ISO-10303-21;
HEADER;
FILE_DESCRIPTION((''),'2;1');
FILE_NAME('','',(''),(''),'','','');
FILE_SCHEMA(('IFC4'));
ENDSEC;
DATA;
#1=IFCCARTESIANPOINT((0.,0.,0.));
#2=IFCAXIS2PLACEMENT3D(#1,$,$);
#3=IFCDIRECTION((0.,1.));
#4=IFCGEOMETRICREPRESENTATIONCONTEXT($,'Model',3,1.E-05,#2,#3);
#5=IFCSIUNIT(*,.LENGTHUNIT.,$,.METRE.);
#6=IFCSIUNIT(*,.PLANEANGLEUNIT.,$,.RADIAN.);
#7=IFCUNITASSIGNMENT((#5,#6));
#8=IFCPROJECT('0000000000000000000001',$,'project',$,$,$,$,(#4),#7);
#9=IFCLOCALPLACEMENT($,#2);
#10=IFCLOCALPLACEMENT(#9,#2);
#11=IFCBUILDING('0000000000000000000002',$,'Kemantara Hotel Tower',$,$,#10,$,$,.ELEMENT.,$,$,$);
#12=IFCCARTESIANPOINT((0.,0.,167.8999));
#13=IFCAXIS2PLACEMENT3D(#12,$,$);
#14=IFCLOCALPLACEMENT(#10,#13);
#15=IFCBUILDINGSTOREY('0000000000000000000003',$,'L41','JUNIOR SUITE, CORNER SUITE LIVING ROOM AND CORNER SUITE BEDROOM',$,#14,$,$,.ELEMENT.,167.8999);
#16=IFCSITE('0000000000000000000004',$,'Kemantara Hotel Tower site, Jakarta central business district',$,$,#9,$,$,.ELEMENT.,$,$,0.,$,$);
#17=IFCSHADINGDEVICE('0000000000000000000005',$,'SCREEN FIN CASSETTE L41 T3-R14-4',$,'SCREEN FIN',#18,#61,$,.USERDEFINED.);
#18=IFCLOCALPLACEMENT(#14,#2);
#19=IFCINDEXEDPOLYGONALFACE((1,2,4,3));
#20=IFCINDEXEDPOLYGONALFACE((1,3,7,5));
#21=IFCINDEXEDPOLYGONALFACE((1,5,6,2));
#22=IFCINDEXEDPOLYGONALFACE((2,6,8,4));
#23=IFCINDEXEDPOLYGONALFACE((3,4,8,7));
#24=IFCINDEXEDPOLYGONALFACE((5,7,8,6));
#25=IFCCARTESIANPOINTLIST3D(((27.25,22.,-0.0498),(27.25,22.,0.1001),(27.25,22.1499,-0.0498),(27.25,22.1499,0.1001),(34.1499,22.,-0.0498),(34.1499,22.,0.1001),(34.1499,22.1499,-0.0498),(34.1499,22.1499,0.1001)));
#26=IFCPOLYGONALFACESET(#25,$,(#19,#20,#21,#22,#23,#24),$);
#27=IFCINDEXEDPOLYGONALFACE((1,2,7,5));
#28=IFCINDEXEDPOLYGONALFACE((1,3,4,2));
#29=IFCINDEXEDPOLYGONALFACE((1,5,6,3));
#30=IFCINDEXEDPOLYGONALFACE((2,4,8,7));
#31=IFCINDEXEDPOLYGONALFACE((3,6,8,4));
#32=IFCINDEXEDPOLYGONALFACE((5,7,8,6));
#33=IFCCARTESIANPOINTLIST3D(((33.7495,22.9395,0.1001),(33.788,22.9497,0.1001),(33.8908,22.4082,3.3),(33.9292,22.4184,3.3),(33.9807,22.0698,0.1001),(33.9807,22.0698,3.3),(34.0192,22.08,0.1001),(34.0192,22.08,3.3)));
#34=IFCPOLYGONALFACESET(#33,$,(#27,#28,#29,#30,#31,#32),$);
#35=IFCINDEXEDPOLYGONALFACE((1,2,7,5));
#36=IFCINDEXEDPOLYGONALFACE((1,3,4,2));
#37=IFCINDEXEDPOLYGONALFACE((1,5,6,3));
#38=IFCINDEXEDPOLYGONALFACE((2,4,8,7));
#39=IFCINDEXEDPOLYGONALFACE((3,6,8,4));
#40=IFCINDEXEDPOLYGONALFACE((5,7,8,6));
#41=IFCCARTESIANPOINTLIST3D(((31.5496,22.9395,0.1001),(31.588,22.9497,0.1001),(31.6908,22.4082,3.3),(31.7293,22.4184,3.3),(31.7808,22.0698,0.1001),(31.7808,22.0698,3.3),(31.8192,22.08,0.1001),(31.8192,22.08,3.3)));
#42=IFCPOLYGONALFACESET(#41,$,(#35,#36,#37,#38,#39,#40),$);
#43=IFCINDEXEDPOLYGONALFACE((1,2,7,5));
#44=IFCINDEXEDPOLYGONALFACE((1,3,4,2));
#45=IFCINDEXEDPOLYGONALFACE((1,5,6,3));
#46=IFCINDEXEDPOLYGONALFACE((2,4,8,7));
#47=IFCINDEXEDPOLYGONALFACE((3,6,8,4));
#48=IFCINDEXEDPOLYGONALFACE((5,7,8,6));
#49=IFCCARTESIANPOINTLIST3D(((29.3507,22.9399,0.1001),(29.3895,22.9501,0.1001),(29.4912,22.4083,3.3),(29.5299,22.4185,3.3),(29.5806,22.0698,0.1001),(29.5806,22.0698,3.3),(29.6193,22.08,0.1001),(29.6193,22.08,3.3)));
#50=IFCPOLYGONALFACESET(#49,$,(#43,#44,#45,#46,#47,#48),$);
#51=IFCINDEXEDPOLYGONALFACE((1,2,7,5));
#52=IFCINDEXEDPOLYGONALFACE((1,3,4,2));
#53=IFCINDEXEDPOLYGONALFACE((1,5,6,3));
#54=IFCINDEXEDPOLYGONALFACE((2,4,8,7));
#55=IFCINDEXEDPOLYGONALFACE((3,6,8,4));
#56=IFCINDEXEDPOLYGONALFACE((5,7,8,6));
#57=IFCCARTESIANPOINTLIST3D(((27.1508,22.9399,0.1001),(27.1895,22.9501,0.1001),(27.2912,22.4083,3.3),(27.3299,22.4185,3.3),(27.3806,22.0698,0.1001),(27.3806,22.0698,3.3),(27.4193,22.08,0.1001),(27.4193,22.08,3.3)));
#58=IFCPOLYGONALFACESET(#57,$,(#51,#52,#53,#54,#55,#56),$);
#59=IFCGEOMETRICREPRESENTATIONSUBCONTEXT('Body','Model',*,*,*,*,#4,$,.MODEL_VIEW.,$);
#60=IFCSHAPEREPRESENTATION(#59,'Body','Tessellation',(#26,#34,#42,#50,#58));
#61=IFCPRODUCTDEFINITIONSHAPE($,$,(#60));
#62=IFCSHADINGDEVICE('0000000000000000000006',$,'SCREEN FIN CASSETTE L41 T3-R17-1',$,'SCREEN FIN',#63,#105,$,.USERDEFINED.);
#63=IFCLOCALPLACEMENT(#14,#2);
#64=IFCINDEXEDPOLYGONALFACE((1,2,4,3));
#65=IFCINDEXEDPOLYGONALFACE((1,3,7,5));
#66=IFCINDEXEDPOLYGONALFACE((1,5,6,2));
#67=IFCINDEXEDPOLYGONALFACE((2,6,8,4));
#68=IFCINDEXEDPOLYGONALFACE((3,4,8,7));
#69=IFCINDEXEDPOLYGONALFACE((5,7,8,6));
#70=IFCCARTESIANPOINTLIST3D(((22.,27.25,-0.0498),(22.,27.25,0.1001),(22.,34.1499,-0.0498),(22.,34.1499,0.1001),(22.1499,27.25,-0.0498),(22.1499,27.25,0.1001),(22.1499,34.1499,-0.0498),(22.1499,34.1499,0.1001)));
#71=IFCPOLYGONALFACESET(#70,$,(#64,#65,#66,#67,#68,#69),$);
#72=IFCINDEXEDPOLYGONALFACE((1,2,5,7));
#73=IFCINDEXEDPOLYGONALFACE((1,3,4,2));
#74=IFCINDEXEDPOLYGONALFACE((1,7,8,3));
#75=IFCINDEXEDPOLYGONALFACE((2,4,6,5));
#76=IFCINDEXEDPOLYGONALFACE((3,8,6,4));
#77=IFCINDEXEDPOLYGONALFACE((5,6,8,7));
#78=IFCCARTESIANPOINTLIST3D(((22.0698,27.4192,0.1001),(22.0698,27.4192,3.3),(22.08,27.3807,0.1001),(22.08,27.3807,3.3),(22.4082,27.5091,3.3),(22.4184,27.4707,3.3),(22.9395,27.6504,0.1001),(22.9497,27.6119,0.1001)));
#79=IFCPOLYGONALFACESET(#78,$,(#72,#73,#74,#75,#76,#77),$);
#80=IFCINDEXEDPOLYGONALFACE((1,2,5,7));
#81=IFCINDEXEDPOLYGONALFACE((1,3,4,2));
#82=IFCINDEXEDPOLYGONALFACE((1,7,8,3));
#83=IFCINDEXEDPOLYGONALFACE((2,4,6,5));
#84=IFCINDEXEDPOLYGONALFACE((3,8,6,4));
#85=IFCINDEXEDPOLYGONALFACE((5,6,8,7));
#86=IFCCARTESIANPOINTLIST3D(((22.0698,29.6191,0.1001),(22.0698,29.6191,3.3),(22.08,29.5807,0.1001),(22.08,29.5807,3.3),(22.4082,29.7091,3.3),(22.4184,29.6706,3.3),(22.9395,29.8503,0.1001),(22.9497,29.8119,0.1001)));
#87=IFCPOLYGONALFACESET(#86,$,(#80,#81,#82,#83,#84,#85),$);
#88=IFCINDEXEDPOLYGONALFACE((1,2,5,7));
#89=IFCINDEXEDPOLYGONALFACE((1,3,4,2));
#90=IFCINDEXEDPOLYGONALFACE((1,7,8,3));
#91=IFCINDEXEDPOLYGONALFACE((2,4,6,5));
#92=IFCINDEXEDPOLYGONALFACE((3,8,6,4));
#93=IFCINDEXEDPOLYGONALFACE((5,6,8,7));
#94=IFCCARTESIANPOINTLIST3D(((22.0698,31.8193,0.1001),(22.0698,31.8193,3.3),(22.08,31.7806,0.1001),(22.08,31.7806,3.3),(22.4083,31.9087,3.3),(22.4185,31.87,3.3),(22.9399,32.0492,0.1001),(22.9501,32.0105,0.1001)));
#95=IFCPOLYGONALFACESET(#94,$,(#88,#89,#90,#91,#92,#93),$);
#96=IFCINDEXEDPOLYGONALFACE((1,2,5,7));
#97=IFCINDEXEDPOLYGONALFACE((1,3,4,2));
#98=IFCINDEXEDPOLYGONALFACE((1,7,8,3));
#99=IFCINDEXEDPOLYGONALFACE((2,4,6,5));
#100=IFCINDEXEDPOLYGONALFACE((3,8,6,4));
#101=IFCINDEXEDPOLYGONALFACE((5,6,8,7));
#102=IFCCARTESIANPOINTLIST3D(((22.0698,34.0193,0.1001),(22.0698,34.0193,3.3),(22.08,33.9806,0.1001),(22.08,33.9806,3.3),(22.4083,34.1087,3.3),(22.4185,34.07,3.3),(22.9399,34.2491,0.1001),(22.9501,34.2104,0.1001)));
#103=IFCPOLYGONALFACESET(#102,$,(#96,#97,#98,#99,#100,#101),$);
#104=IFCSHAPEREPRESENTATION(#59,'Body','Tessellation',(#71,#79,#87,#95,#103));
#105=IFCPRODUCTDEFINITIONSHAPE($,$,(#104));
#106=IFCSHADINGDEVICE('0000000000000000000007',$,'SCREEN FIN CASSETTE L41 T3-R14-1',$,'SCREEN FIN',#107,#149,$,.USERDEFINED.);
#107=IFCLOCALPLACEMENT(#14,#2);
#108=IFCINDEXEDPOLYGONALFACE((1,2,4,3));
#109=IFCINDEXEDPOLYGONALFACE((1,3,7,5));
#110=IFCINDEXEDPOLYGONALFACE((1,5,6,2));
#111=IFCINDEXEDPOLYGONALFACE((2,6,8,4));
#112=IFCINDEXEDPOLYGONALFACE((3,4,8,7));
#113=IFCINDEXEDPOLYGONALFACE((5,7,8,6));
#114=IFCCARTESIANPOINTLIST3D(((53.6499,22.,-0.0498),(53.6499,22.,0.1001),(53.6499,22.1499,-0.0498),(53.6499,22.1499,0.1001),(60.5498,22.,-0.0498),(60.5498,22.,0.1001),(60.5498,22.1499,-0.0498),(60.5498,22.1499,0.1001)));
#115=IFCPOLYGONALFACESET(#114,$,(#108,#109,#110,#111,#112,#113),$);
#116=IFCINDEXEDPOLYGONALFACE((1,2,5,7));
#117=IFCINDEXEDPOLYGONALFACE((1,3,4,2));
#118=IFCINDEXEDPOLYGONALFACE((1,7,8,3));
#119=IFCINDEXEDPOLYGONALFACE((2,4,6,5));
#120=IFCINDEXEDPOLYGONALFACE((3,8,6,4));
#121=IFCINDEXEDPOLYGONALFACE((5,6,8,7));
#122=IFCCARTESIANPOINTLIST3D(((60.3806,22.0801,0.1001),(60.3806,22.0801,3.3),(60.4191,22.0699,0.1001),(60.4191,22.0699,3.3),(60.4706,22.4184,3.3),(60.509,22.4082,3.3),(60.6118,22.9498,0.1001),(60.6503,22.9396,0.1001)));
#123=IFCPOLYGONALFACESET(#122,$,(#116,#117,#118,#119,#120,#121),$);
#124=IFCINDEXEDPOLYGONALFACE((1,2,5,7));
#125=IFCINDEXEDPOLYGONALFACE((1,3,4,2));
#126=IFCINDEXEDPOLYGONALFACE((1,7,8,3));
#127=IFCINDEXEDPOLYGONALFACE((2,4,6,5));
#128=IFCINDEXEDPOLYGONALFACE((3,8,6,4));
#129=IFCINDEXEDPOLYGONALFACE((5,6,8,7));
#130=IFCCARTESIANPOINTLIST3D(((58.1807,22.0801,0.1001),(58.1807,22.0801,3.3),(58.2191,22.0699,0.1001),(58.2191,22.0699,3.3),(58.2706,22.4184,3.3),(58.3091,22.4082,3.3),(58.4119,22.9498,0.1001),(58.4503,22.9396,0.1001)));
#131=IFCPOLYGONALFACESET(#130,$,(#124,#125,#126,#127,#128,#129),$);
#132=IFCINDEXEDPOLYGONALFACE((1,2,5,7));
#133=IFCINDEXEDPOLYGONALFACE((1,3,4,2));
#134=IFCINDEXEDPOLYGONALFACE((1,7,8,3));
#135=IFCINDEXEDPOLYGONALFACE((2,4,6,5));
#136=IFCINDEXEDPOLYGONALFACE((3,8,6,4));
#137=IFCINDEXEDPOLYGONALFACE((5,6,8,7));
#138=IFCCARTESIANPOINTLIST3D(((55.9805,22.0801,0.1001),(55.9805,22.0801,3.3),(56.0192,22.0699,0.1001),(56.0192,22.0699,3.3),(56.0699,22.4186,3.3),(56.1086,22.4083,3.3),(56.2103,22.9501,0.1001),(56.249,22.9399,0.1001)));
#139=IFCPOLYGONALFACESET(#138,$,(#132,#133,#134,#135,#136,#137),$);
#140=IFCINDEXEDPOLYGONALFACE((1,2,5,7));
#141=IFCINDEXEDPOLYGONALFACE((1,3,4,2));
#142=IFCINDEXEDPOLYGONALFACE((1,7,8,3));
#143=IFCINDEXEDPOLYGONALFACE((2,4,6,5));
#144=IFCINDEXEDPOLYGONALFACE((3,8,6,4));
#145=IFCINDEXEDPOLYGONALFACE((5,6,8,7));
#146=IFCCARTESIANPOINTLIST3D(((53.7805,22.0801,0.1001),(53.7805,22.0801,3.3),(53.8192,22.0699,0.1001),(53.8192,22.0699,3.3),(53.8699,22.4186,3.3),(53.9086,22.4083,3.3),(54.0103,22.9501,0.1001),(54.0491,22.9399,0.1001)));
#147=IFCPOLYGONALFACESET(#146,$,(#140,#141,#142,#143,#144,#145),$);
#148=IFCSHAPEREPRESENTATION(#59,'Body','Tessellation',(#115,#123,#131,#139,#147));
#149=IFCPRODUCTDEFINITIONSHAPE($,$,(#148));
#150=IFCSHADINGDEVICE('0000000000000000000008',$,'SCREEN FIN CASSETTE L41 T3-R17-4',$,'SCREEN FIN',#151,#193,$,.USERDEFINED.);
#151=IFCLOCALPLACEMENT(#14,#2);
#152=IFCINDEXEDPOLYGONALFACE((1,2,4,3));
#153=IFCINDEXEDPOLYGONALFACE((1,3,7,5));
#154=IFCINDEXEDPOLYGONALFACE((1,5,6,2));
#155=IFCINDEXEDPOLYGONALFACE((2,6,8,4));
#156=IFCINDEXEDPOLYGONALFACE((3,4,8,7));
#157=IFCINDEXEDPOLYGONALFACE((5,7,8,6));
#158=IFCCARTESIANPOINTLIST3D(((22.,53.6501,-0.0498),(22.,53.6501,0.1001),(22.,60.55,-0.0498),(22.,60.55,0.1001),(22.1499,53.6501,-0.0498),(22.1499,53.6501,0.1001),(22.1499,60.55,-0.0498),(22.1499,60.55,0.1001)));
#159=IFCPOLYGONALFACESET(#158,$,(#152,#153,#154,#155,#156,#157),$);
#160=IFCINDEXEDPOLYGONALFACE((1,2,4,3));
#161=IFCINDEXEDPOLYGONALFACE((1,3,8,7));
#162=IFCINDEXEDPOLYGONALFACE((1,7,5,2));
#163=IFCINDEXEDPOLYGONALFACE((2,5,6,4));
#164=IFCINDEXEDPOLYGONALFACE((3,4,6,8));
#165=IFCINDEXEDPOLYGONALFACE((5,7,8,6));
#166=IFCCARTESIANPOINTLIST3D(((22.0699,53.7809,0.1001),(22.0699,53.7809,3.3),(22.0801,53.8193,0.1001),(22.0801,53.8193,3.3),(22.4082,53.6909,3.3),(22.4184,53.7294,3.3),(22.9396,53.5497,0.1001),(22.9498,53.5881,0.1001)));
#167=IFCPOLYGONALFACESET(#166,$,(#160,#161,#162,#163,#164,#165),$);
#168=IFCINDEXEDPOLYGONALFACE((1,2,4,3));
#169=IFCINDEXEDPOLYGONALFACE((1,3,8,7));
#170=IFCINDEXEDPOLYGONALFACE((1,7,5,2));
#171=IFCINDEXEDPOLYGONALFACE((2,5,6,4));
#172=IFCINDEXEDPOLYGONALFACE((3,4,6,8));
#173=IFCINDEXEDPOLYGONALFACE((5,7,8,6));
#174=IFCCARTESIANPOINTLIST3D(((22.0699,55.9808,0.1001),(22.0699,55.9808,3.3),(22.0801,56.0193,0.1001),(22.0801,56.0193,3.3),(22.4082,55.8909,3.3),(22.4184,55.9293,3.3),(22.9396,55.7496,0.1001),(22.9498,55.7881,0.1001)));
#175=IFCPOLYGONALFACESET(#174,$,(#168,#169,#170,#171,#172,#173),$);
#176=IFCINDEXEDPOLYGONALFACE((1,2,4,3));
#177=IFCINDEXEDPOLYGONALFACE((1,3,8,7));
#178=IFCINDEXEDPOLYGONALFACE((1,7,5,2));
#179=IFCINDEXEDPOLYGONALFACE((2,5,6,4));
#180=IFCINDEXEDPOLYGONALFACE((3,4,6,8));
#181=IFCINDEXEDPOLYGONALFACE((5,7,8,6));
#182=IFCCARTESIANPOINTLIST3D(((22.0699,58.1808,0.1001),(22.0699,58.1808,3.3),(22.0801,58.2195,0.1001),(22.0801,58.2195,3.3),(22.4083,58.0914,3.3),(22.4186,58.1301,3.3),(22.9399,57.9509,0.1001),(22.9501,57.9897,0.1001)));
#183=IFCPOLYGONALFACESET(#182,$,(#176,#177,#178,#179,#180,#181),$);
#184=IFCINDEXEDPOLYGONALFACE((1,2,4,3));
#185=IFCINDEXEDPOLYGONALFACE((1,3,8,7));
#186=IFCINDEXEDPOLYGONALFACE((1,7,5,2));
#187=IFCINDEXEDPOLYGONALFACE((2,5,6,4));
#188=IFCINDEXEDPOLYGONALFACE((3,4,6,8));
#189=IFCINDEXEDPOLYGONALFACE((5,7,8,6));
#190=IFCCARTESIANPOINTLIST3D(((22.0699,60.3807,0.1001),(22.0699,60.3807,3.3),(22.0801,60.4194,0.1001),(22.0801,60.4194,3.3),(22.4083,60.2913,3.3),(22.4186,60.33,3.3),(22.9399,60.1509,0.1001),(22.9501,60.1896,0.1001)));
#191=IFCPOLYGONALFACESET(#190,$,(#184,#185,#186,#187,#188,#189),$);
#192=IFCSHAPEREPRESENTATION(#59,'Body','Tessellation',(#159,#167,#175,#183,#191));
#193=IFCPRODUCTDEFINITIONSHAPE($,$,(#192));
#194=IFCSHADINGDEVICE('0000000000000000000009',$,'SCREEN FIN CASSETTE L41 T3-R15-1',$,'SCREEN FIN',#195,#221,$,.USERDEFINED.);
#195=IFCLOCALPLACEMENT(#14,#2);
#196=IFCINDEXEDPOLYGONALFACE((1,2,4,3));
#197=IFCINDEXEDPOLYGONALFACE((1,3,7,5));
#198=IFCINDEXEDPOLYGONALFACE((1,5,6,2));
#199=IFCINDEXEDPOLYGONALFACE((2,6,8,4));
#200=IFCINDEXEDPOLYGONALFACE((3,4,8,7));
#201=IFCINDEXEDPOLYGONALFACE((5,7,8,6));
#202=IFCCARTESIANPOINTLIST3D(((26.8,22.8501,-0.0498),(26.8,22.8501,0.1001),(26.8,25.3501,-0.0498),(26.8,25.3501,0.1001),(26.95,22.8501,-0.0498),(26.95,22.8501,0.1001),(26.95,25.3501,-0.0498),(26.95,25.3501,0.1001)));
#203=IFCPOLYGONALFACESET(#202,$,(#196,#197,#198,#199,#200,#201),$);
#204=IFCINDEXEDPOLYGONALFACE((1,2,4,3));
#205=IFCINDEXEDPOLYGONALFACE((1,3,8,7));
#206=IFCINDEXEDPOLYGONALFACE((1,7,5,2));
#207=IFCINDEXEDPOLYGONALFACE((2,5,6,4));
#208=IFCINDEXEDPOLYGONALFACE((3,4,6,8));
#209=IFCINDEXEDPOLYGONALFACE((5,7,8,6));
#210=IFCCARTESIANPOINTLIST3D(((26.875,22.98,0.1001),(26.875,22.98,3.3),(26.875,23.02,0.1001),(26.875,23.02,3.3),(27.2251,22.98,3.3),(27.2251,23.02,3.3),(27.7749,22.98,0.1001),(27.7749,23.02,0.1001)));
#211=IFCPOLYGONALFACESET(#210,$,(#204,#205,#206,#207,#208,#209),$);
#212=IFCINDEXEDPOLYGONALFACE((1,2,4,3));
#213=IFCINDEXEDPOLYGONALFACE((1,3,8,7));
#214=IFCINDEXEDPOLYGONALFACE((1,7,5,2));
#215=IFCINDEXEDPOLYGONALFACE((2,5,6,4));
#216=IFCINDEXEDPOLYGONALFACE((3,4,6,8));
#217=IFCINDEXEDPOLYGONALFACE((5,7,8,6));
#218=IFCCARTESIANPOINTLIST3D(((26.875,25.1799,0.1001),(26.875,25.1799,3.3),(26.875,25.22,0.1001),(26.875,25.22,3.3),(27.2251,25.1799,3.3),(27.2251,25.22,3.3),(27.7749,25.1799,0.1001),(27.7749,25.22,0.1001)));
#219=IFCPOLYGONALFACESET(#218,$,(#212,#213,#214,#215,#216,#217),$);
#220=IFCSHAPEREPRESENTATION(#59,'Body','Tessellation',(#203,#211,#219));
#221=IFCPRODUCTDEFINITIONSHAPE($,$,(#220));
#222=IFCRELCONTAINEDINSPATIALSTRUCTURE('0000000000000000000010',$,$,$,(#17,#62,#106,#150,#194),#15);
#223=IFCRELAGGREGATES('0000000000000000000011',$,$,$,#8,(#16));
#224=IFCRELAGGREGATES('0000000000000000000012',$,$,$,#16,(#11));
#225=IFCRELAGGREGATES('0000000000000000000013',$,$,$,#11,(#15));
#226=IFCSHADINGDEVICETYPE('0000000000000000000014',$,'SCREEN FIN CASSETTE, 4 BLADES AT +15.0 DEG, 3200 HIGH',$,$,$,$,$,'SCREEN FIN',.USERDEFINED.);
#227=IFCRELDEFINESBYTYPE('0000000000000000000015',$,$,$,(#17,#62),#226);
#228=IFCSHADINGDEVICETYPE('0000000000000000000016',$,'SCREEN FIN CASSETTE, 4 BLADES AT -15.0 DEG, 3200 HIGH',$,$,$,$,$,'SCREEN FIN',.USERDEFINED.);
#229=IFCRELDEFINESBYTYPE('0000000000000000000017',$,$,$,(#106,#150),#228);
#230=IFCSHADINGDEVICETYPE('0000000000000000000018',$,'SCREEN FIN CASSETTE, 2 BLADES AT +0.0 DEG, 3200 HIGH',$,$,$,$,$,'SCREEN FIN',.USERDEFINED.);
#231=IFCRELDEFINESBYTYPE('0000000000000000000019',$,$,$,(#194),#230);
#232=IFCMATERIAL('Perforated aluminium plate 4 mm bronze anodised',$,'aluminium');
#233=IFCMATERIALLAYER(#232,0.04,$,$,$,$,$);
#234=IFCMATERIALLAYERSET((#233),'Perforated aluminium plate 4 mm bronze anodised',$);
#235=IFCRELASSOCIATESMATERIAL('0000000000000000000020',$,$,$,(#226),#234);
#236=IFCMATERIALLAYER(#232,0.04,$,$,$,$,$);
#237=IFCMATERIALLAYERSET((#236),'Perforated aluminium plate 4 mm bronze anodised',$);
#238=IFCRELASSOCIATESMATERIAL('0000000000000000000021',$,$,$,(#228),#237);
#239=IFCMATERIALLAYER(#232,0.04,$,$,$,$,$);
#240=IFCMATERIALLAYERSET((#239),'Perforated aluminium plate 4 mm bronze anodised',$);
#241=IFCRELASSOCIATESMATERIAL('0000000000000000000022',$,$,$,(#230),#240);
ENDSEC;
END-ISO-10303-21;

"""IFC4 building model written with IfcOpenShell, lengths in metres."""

from ifc_helpers import new_model, si_unit, direction, frame, origin, origin_2d, place, context, subcontext, project, spatial, polyline, rectangle, outline, extrude, source, transform, mapped, material, layer, layer_set, type_object, element, save


model = new_model("IFC4")

# Units and contexts
model_context = context("Model", 3, precision=1e-05, world=origin(), true_north=direction((0.0, 1.0)))
body_context = subcontext(model_context, "Body", "Model", "MODEL_VIEW")
ifc_project = project(units=[si_unit("LENGTHUNIT", "METRE"), si_unit("PLANEANGLEUNIT", "RADIAN")], contexts=[model_context])

# Site, building, storey
site_placement = place(None, origin())
site = spatial("IfcSite", under=ifc_project, at=site_placement, Name="Kemantara Hotel Tower site, Jakarta central business district", CompositionType="ELEMENT", RefElevation=0.0)
building_placement = place(site_placement, origin())
building = spatial("IfcBuilding", under=site, at=building_placement, Name="Kemantara Hotel Tower", CompositionType="ELEMENT")
storey_placement = place(building_placement, frame((0.0, 0.0, 167.8999)))
storey = spatial("IfcBuildingStorey", under=building, at=storey_placement, Name="L41", Description="JUNIOR SUITE, CORNER SUITE LIVING ROOM AND CORNER SUITE BEDROOM", CompositionType="ELEMENT", Elevation=167.8999)

# Shading devices
ifc_material_1 = material(Name="Perforated aluminium plate 4 mm bronze anodised", Category="aluminium")
ifc_layer_1 = layer(ifc_material_1, 0.04)
ifc_layer_set_1 = layer_set([ifc_layer_1], Name="Perforated aluminium plate 4 mm bronze anodised")
shading_device_type_1 = type_object("IfcShadingDeviceType", Name="SCREEN FIN CASSETTE, 4 BLADES AT +15.0 DEG, 3200 HIGH", ElementType="SCREEN FIN", PredefinedType="USERDEFINED", material=ifc_layer_set_1)
shared_shape_1 = source(origin(), body_context, "Body", "SweptSolid", [
    extrude(rectangle(XDim=6.8999, YDim=0.1499, at=origin_2d()), frame((3.3, -0.075, -0.1499), z_axis=(0.0, 0.0, 1.0), x_axis=(1.0, 0.0, 0.0)), (0.0, 0.0, 1.0), 0.1499),
    extrude(outline(polyline([(0.0, 0.0), (0.8999, 0.0), (0.3501, 3.2), (0.0, 3.2), (0.0, 0.0)])), frame((0.0193, -0.0698, 0.0), z_axis=(-0.966438, -0.256901, 0.0), x_axis=(0.256901, -0.966438, 0.0)), (0.0, 0.0, 1.0), 0.0398),
    extrude(outline(polyline([(0.0, 0.0), (0.8999, 0.0), (0.3501, 3.2), (0.0, 3.2), (0.0, 0.0)])), frame((2.2192, -0.0698, 0.0), z_axis=(-0.966438, -0.256901, 0.0), x_axis=(0.256901, -0.966438, 0.0)), (0.0, 0.0, 1.0), 0.0398),
    extrude(outline(polyline([(0.0, 0.0), (0.8999, 0.0), (0.3501, 3.2), (0.0, 3.2), (0.0, 0.0)])), frame((4.4194, -0.0698, 0.0), z_axis=(-0.966838, -0.255391, 0.0), x_axis=(0.255391, -0.966838, 0.0)), (0.0, 0.0, 1.0), 0.04),
    extrude(outline(polyline([(0.0, 0.0), (0.8999, 0.0), (0.3501, 3.2), (0.0, 3.2), (0.0, 0.0)])), frame((6.6194, -0.0698, 0.0), z_axis=(-0.966838, -0.255391, 0.0), x_axis=(0.255391, -0.966838, 0.0)), (0.0, 0.0, 1.0), 0.04),
])
for number, where, z_axis, x_axis, name in (
    (1, (34.0, 22.0, 0.1001), (0.0, 0.0, 1.0), (-1.0, 0.0, 0.0), "SCREEN FIN CASSETTE L41 T3-R14-4"),
    (2, (22.0, 27.3999, 0.1001), (0.0, 0.0, 1.0), (0.0, 1.0, 0.0), "SCREEN FIN CASSETTE L41 T3-R17-1"),
):
    element("IfcShadingDevice", number, at=place(storey_placement, frame(where, z_axis=z_axis, x_axis=x_axis)), inside=storey, type_object=shading_device_type_1, Name=name, ObjectType="SCREEN FIN", PredefinedType="USERDEFINED", context=body_context, shape_type="MappedRepresentation", body=[
        mapped(shared_shape_1, transform((0.0, 0.0, 0.0))),
    ])
ifc_layer_2 = layer(ifc_material_1, 0.04)
ifc_layer_set_2 = layer_set([ifc_layer_2], Name="Perforated aluminium plate 4 mm bronze anodised")
shading_device_type_2 = type_object("IfcShadingDeviceType", Name="SCREEN FIN CASSETTE, 4 BLADES AT -15.0 DEG, 3200 HIGH", ElementType="SCREEN FIN", PredefinedType="USERDEFINED", material=ifc_layer_set_2)
shared_shape_2 = source(origin(), body_context, "Body", "SweptSolid", [
    extrude(rectangle(XDim=6.8999, YDim=0.1499, at=origin_2d()), frame((3.3, -0.075, -0.1499), z_axis=(0.0, 0.0, 1.0), x_axis=(1.0, 0.0, 0.0)), (0.0, 0.0, 1.0), 0.1499),
    extrude(outline(polyline([(0.0, 0.0), (0.8999, 0.0), (0.3501, 3.2), (0.0, 3.2), (0.0, 0.0)])), frame((0.0193, -0.0801, 0.0), z_axis=(-0.966438, 0.256901, 0.0), x_axis=(-0.256901, -0.966438, 0.0)), (0.0, 0.0, 1.0), 0.0398),
    extrude(outline(polyline([(0.0, 0.0), (0.8999, 0.0), (0.3501, 3.2), (0.0, 3.2), (0.0, 0.0)])), frame((2.2192, -0.0801, 0.0), z_axis=(-0.966438, 0.256901, 0.0), x_axis=(-0.256901, -0.966438, 0.0)), (0.0, 0.0, 1.0), 0.0398),
    extrude(outline(polyline([(0.0, 0.0), (0.8999, 0.0), (0.3501, 3.2), (0.0, 3.2), (0.0, 0.0)])), frame((4.4194, -0.0801, 0.0), z_axis=(-0.966838, 0.255391, 0.0), x_axis=(-0.255391, -0.966838, 0.0)), (0.0, 0.0, 1.0), 0.04),
    extrude(outline(polyline([(0.0, 0.0), (0.8999, 0.0), (0.3501, 3.2), (0.0, 3.2), (0.0, 0.0)])), frame((6.6194, -0.0801, 0.0), z_axis=(-0.966838, 0.255391, 0.0), x_axis=(-0.255391, -0.966838, 0.0)), (0.0, 0.0, 1.0), 0.04),
])
for number, where, z_axis, x_axis, name in (
    (3, (60.3999, 22.0, 0.1001), (0.0, 0.0, 1.0), (-1.0, 0.0, 0.0), "SCREEN FIN CASSETTE L41 T3-R14-1"),
    (4, (22.0, 53.8, 0.1001), (0.0, 0.0, 1.0), (0.0, 1.0, 0.0), "SCREEN FIN CASSETTE L41 T3-R17-4"),
):
    element("IfcShadingDevice", number, at=place(storey_placement, frame(where, z_axis=z_axis, x_axis=x_axis)), inside=storey, type_object=shading_device_type_2, Name=name, ObjectType="SCREEN FIN", PredefinedType="USERDEFINED", context=body_context, shape_type="MappedRepresentation", body=[
        mapped(shared_shape_2, transform((0.0, 0.0, 0.0))),
    ])
ifc_layer_3 = layer(ifc_material_1, 0.04)
ifc_layer_set_3 = layer_set([ifc_layer_3], Name="Perforated aluminium plate 4 mm bronze anodised")
shading_device_type_3 = type_object("IfcShadingDeviceType", Name="SCREEN FIN CASSETTE, 2 BLADES AT +0.0 DEG, 3200 HIGH", ElementType="SCREEN FIN", PredefinedType="USERDEFINED", material=ifc_layer_set_3)
shared_shape_3 = source(origin(), body_context, "Body", "SweptSolid", [
    extrude(rectangle(XDim=2.5, YDim=0.1499, at=origin_2d()), frame((1.1001, -0.075, -0.1499), z_axis=(0.0, 0.0, 1.0), x_axis=(1.0, 0.0, 0.0)), (0.0, 0.0, 1.0), 0.1499),
    extrude(outline(polyline([(0.0, 0.0), (0.8999, 0.0), (0.3501, 3.2), (0.0, 3.2), (0.0, 0.0)])), frame((0.02, -0.075, 0.0), z_axis=(-1.0, 0.0, 0.0), x_axis=(0.0, -1.0, 0.0)), (0.0, 0.0, 1.0), 0.04),
    extrude(outline(polyline([(0.0, 0.0), (0.8999, 0.0), (0.3501, 3.2), (0.0, 3.2), (0.0, 0.0)])), frame((2.22, -0.075, 0.0), z_axis=(-1.0, 0.0, 0.0), x_axis=(0.0, -1.0, 0.0)), (0.0, 0.0, 1.0), 0.04),
])
for number, where, z_axis, x_axis, name in (
    (5, (26.8, 23.0, 0.1001), (0.0, 0.0, 1.0), (0.0, 1.0, 0.0), "SCREEN FIN CASSETTE L41 T3-R15-1"),
):
    element("IfcShadingDevice", number, at=place(storey_placement, frame(where, z_axis=z_axis, x_axis=x_axis)), inside=storey, type_object=shading_device_type_3, Name=name, ObjectType="SCREEN FIN", PredefinedType="USERDEFINED", context=body_context, shape_type="MappedRepresentation", body=[
        mapped(shared_shape_3, transform((0.0, 0.0, 0.0))),
    ])

save(model, "model.ifc")
